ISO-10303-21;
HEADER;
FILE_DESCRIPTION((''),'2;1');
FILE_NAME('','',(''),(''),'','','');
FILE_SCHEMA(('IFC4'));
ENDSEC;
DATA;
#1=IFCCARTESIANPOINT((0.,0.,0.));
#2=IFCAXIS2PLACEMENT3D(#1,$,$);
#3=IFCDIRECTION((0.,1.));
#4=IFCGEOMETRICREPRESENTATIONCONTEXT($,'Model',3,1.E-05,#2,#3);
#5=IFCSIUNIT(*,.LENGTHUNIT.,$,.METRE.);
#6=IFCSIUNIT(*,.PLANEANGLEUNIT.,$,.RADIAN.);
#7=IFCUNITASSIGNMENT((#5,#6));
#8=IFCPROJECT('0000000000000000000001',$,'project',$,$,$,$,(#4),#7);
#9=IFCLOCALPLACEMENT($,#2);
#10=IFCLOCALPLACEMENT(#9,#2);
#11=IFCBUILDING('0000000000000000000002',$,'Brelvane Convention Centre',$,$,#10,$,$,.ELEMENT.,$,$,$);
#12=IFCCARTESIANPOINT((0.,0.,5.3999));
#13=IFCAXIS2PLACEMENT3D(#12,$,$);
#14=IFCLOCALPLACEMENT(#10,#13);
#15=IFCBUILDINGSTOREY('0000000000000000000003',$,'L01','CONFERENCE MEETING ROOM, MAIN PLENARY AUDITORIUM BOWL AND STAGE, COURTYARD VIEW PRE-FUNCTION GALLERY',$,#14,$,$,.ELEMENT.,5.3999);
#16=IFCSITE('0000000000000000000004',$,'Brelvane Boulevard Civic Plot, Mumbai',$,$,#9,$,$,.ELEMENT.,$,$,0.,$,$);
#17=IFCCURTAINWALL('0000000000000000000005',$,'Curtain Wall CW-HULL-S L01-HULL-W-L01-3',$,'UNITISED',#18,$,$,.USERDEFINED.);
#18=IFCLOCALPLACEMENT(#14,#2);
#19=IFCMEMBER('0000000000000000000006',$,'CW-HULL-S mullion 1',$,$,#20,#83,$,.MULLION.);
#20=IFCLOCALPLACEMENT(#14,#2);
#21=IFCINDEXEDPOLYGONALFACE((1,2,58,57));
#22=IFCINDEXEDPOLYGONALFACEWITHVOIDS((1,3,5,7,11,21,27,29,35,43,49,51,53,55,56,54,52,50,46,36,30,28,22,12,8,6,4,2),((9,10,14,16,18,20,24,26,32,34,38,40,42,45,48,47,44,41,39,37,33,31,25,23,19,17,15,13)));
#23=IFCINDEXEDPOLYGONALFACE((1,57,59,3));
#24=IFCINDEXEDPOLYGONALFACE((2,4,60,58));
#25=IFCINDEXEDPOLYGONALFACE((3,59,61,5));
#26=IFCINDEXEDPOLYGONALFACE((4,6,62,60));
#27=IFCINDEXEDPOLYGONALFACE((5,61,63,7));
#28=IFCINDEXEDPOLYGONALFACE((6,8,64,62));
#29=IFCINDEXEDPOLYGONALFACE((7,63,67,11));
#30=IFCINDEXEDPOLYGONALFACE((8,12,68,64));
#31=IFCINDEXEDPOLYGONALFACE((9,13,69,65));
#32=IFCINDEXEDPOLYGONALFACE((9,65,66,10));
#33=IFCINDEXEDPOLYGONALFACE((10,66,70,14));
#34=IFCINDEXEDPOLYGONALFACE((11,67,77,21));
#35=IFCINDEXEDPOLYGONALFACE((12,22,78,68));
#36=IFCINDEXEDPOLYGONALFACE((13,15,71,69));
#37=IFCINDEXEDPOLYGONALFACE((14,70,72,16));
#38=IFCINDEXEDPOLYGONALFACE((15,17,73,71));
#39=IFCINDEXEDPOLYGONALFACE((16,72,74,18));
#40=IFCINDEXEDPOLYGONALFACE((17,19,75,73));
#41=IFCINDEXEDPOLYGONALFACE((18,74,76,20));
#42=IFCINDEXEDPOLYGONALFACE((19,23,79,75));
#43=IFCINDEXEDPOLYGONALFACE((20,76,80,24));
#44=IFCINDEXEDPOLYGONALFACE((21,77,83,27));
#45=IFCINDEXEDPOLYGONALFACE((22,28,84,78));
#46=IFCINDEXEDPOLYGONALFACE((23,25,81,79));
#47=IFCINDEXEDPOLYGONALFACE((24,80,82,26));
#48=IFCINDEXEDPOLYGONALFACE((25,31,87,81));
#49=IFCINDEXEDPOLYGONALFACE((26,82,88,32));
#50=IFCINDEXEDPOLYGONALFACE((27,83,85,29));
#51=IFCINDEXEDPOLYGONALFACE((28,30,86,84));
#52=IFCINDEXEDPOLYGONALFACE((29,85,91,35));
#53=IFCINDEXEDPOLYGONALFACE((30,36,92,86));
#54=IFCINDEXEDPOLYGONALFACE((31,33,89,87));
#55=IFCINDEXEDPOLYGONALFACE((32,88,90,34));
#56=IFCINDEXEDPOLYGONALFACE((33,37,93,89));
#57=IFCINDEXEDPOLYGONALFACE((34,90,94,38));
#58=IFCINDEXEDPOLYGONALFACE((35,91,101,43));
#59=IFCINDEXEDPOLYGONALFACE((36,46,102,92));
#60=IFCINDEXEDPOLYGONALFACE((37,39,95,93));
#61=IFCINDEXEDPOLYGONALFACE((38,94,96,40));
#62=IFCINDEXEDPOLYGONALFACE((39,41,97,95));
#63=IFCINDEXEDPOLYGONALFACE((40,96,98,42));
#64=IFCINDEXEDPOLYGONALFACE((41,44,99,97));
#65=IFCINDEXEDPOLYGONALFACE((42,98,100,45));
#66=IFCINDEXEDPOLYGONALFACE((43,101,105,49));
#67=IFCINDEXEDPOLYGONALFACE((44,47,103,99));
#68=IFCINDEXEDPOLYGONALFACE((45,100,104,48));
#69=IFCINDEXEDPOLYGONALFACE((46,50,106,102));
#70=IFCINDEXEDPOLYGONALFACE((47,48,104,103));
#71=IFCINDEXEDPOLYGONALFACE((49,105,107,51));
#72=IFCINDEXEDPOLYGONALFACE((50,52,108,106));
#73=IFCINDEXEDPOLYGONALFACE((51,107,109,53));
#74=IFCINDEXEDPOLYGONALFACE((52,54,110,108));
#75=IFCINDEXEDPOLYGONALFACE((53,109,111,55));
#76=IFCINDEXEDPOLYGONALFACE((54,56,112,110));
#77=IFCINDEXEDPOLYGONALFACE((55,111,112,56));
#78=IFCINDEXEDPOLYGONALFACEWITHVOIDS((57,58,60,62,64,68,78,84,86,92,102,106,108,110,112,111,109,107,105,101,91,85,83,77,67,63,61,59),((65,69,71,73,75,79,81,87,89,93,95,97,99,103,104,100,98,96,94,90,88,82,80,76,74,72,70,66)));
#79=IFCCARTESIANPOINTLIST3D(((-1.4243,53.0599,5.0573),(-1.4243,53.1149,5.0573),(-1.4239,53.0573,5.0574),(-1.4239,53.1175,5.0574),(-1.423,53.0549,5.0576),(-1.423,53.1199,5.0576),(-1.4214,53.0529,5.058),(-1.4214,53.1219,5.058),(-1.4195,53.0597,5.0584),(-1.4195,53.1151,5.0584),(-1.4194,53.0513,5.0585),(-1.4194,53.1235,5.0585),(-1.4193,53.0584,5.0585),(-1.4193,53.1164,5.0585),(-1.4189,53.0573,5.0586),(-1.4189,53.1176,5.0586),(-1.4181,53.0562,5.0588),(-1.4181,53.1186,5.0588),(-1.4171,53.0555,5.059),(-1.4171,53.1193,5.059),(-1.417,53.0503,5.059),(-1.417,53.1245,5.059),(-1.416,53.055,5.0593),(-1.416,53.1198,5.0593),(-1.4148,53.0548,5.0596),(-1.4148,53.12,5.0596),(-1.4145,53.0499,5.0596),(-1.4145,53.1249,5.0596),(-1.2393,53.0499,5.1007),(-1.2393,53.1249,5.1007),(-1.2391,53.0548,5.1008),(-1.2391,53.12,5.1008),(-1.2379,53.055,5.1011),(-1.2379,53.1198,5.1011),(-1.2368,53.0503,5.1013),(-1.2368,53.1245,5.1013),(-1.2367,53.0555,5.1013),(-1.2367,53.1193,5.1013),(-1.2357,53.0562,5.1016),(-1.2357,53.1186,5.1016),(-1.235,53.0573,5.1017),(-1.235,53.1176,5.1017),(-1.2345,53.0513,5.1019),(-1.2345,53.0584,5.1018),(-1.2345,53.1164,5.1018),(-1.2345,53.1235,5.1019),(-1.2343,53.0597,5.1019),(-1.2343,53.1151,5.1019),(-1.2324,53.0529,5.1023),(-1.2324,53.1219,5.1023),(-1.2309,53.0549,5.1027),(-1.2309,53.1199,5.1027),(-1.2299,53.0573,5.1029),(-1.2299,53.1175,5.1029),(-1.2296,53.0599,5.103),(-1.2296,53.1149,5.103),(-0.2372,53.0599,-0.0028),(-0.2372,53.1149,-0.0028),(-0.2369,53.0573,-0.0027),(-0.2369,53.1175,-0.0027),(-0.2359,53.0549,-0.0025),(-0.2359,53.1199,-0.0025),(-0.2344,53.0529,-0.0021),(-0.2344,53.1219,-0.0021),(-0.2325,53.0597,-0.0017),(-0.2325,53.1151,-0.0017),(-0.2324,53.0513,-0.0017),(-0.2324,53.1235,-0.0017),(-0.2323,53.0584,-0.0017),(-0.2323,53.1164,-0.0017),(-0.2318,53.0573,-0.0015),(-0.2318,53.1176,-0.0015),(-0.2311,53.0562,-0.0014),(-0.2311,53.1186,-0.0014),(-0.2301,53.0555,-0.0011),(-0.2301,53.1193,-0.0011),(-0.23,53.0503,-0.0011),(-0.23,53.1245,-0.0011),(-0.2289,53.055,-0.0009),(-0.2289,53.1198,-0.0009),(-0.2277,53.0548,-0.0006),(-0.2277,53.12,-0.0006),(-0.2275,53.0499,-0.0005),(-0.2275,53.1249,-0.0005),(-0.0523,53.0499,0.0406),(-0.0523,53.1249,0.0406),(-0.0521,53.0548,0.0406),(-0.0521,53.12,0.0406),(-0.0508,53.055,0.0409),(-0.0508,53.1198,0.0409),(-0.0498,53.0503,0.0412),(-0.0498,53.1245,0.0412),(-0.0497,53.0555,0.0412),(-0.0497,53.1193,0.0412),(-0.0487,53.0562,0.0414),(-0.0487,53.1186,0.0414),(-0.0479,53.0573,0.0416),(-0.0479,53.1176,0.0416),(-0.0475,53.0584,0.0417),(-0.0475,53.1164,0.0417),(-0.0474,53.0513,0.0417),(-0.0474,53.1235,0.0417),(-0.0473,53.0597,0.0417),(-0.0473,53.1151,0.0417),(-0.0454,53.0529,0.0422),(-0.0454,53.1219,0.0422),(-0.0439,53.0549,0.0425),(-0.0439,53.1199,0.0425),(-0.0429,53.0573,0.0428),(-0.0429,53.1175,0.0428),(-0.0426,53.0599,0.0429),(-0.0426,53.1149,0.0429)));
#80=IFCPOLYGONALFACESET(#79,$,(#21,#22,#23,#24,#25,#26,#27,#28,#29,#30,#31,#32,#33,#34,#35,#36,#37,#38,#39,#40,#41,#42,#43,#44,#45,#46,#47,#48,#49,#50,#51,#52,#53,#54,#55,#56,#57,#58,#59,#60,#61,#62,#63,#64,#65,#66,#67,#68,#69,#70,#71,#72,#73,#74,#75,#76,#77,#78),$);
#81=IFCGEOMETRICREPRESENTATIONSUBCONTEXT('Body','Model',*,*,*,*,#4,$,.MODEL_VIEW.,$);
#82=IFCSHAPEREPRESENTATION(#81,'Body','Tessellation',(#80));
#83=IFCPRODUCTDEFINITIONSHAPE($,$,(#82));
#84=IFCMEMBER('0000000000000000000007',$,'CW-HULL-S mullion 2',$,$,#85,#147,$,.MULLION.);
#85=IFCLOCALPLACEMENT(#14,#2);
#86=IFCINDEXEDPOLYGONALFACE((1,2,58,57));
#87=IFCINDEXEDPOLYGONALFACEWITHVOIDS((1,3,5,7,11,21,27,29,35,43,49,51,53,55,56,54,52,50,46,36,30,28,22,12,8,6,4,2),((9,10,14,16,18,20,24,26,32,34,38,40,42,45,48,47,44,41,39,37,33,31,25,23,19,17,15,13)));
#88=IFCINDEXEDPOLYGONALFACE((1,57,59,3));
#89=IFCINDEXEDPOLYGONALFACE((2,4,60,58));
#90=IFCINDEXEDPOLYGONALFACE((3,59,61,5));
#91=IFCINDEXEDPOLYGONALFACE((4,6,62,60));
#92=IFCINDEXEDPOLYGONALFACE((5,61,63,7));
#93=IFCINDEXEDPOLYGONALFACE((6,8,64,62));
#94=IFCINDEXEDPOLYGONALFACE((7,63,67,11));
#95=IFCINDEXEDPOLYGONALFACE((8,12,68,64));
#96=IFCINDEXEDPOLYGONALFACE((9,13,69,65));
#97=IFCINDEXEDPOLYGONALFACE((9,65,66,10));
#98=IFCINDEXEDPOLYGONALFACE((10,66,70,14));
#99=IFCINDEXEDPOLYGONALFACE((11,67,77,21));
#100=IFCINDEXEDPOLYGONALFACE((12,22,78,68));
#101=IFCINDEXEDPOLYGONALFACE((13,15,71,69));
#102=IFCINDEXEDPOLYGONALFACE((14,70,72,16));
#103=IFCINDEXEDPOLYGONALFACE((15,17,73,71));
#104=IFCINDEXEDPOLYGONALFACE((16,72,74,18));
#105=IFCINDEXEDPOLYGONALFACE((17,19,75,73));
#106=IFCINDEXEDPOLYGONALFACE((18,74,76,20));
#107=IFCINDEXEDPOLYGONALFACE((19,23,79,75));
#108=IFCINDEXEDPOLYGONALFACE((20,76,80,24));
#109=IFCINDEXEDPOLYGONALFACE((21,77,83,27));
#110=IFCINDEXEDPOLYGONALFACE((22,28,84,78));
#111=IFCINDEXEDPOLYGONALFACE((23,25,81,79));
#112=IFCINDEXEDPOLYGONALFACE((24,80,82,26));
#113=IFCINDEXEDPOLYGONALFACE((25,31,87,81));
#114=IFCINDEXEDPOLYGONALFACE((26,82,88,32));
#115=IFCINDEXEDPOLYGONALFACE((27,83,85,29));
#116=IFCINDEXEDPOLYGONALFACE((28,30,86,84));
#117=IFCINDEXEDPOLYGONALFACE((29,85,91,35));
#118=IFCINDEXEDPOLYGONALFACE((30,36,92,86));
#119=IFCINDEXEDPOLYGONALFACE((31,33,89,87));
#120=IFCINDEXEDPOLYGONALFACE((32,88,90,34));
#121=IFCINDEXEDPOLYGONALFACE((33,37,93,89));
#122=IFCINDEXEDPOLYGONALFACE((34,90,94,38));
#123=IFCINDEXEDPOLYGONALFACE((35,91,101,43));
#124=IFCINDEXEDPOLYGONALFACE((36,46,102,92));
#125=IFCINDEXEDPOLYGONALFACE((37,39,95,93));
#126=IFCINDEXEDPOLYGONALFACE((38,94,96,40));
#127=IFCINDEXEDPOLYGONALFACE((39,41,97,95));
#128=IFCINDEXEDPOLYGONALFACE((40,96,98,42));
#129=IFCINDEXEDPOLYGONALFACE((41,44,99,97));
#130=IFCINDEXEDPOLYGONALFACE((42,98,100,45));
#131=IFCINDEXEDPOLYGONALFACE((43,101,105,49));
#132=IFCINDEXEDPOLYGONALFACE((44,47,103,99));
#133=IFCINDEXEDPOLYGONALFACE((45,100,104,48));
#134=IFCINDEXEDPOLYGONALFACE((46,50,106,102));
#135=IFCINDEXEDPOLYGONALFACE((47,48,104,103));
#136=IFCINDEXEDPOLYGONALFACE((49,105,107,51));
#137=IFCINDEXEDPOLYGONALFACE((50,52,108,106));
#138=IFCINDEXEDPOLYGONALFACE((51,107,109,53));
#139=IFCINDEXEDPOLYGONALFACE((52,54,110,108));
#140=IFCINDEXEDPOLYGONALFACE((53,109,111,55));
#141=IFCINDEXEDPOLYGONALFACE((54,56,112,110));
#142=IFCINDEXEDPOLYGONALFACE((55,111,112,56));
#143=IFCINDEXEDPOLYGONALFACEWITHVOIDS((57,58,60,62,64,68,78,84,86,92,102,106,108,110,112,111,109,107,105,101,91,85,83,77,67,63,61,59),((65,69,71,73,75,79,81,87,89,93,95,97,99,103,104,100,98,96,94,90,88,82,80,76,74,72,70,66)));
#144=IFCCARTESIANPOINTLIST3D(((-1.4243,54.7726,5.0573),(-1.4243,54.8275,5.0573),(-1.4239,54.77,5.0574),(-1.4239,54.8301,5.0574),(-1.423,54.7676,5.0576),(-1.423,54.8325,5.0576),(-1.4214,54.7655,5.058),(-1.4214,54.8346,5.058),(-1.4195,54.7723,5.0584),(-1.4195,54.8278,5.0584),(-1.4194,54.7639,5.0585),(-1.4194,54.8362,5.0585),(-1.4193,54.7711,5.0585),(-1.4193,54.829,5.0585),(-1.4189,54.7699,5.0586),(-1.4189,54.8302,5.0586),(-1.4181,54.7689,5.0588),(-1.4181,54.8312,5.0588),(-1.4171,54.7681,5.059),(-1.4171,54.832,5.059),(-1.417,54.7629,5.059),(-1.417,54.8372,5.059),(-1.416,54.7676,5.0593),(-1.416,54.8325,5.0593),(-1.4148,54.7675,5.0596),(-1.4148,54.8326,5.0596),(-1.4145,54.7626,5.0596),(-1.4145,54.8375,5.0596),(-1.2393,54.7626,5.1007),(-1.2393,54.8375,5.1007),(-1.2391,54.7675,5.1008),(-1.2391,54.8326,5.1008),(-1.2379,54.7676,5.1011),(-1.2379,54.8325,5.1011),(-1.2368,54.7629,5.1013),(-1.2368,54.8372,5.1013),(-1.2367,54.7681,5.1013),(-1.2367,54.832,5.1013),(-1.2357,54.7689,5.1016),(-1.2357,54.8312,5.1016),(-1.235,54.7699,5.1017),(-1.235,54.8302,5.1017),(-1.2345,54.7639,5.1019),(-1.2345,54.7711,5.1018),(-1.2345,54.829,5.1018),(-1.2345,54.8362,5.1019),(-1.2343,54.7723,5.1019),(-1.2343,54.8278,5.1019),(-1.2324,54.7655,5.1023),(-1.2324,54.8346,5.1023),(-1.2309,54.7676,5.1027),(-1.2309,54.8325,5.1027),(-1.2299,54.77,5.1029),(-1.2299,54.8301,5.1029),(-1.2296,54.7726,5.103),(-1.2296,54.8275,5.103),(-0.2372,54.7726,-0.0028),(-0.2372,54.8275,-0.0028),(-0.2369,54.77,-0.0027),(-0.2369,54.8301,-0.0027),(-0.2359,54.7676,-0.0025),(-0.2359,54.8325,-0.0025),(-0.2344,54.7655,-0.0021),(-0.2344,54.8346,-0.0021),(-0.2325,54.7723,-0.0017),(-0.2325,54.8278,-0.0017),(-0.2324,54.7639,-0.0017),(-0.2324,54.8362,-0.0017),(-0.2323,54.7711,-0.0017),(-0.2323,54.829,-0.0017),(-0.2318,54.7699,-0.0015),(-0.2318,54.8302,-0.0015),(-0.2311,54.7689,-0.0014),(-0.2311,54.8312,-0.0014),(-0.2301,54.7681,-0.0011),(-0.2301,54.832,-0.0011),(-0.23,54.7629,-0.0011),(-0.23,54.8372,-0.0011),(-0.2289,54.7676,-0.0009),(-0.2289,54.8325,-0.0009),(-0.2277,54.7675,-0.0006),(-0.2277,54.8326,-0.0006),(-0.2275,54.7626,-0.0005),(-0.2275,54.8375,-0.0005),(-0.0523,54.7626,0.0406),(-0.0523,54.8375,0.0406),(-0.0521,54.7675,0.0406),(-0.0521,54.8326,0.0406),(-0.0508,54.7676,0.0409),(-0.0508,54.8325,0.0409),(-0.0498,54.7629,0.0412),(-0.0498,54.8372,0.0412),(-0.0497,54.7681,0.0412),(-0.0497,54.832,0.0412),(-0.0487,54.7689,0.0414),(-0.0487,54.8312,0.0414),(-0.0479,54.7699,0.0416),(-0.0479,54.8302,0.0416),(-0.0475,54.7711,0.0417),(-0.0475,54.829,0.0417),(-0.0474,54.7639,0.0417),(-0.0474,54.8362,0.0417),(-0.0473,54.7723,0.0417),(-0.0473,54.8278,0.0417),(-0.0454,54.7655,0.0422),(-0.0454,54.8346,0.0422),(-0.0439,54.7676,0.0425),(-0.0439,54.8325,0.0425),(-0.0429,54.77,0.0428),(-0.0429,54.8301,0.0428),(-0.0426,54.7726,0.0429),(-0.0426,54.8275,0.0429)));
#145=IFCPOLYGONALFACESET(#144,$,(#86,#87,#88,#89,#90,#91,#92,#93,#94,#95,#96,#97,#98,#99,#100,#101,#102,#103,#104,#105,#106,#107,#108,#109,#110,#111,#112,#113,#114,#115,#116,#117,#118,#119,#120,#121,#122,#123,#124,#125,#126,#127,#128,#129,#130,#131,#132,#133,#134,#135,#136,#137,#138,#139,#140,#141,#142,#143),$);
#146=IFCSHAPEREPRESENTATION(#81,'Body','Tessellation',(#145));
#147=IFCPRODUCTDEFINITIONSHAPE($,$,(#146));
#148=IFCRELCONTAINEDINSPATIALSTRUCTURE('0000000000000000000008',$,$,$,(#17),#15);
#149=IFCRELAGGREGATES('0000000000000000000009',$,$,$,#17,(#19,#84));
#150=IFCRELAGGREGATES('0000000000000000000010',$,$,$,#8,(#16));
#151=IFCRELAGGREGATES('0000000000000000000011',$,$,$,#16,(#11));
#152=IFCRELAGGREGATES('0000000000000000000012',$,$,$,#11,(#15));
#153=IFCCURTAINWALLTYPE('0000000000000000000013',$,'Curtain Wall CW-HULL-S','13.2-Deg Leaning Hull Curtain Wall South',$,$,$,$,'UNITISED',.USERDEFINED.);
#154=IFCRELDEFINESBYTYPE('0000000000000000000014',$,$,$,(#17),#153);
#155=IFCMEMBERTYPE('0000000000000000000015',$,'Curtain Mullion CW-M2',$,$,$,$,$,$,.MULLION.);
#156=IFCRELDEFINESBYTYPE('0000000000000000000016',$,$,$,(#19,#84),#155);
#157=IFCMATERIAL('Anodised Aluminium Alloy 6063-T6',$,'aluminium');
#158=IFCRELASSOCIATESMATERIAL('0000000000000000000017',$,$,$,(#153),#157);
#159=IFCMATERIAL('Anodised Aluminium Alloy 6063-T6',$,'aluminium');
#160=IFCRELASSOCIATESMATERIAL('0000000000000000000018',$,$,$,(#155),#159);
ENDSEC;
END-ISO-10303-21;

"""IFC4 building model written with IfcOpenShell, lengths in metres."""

from ifc_helpers import new_model, si_unit, direction, frame, origin, origin_2d, place, context, subcontext, project, spatial, hollow_rectangle, extrude, material, material_profile, profile_set, type_object, element, aggregate, save


model = new_model("IFC4")

# Units and contexts
model_context = context("Model", 3, precision=1e-05, world=origin(), true_north=direction((0.0, 1.0)))
body_context = subcontext(model_context, "Body", "Model", "MODEL_VIEW")
ifc_project = project(units=[si_unit("LENGTHUNIT", "METRE"), si_unit("PLANEANGLEUNIT", "RADIAN")], contexts=[model_context])

# Site, building, storey
site_placement = place(None, origin())
site = spatial("IfcSite", under=ifc_project, at=site_placement, Name="Brelvane Boulevard Civic Plot, Mumbai", CompositionType="ELEMENT", RefElevation=0.0)
building_placement = place(site_placement, origin())
building = spatial("IfcBuilding", under=site, at=building_placement, Name="Brelvane Convention Centre", CompositionType="ELEMENT")
storey_placement = place(building_placement, frame((0.0, 0.0, 5.3999)))
storey = spatial("IfcBuildingStorey", under=building, at=storey_placement, Name="L01", Description="CONFERENCE MEETING ROOM, MAIN PLENARY AUDITORIUM BOWL AND STAGE, COURTYARD VIEW PRE-FUNCTION GALLERY", CompositionType="ELEMENT", Elevation=5.3999)

# Shared definitions
ifc_material_1 = material(Name="Anodised Aluminium Alloy 6063-T6", Category="aluminium")
curtain_wall_type = type_object("IfcCurtainWallType", Name="Curtain Wall CW-HULL-S", Description="13.2-Deg Leaning Hull Curtain Wall South", ElementType="UNITISED", PredefinedType="USERDEFINED", material=ifc_material_1)
ifc_material_2 = material(Name="Anodised Aluminium Alloy 6063-T6", Category="aluminium")
ifc_material_profile_1 = material_profile(ifc_material_2, hollow_rectangle(XDim=0.075, YDim=0.2, WallThickness=0.0049, InnerFilletRadius=0.0049, OuterFilletRadius=0.01, at=origin_2d()), Name="ALU-M 200x75x5.0")
ifc_profile_set_1 = profile_set([ifc_material_profile_1], Name="Anodised Aluminium Alloy 6063-T6")
member_type_1 = type_object("IfcMemberType", Name="Curtain Mullion CW-M2", PredefinedType="MULLION", material=ifc_profile_set_1)

# Curtain wall, members
curtain_wall_1_placement = place(storey_placement, origin())
curtain_wall_1 = element("IfcCurtainWall", 1, at=curtain_wall_1_placement, inside=storey, type_object=curtain_wall_type, Name="Curtain Wall CW-HULL-S L01-HULL-W-L01-3", ObjectType="UNITISED", PredefinedType="USERDEFINED")
member_1_placement = place(storey_placement, frame((-0.1399, 53.0874, 0.02), z_axis=(-0.228385, 0.0, 0.973571), x_axis=(0.0, -1.0, 0.0)))
member_1 = element("IfcMember", 2, at=member_1_placement, type_object=member_type_1, Name="CW-HULL-S mullion 1", PredefinedType="MULLION", context=body_context, shape_type="SweptSolid", body=[
    extrude(hollow_rectangle(XDim=0.075, YDim=0.2, WallThickness=0.0049, InnerFilletRadius=0.0049, OuterFilletRadius=0.01, at=origin_2d()), origin(), (0.0, 0.0, 1.0), 5.1975),
])
member_2_placement = place(storey_placement, frame((-0.1399, 54.8, 0.02), z_axis=(-0.228385, 0.0, 0.973571), x_axis=(0.0, -1.0, 0.0)))
member_2 = element("IfcMember", 3, at=member_2_placement, type_object=member_type_1, Name="CW-HULL-S mullion 2", PredefinedType="MULLION", context=body_context, shape_type="SweptSolid", body=[
    extrude(hollow_rectangle(XDim=0.075, YDim=0.2, WallThickness=0.0049, InnerFilletRadius=0.0049, OuterFilletRadius=0.01, at=origin_2d()), origin(), (0.0, 0.0, 1.0), 5.1975),
])

aggregate(curtain_wall_1, [member_1, member_2])

save(model, "model.ifc")
